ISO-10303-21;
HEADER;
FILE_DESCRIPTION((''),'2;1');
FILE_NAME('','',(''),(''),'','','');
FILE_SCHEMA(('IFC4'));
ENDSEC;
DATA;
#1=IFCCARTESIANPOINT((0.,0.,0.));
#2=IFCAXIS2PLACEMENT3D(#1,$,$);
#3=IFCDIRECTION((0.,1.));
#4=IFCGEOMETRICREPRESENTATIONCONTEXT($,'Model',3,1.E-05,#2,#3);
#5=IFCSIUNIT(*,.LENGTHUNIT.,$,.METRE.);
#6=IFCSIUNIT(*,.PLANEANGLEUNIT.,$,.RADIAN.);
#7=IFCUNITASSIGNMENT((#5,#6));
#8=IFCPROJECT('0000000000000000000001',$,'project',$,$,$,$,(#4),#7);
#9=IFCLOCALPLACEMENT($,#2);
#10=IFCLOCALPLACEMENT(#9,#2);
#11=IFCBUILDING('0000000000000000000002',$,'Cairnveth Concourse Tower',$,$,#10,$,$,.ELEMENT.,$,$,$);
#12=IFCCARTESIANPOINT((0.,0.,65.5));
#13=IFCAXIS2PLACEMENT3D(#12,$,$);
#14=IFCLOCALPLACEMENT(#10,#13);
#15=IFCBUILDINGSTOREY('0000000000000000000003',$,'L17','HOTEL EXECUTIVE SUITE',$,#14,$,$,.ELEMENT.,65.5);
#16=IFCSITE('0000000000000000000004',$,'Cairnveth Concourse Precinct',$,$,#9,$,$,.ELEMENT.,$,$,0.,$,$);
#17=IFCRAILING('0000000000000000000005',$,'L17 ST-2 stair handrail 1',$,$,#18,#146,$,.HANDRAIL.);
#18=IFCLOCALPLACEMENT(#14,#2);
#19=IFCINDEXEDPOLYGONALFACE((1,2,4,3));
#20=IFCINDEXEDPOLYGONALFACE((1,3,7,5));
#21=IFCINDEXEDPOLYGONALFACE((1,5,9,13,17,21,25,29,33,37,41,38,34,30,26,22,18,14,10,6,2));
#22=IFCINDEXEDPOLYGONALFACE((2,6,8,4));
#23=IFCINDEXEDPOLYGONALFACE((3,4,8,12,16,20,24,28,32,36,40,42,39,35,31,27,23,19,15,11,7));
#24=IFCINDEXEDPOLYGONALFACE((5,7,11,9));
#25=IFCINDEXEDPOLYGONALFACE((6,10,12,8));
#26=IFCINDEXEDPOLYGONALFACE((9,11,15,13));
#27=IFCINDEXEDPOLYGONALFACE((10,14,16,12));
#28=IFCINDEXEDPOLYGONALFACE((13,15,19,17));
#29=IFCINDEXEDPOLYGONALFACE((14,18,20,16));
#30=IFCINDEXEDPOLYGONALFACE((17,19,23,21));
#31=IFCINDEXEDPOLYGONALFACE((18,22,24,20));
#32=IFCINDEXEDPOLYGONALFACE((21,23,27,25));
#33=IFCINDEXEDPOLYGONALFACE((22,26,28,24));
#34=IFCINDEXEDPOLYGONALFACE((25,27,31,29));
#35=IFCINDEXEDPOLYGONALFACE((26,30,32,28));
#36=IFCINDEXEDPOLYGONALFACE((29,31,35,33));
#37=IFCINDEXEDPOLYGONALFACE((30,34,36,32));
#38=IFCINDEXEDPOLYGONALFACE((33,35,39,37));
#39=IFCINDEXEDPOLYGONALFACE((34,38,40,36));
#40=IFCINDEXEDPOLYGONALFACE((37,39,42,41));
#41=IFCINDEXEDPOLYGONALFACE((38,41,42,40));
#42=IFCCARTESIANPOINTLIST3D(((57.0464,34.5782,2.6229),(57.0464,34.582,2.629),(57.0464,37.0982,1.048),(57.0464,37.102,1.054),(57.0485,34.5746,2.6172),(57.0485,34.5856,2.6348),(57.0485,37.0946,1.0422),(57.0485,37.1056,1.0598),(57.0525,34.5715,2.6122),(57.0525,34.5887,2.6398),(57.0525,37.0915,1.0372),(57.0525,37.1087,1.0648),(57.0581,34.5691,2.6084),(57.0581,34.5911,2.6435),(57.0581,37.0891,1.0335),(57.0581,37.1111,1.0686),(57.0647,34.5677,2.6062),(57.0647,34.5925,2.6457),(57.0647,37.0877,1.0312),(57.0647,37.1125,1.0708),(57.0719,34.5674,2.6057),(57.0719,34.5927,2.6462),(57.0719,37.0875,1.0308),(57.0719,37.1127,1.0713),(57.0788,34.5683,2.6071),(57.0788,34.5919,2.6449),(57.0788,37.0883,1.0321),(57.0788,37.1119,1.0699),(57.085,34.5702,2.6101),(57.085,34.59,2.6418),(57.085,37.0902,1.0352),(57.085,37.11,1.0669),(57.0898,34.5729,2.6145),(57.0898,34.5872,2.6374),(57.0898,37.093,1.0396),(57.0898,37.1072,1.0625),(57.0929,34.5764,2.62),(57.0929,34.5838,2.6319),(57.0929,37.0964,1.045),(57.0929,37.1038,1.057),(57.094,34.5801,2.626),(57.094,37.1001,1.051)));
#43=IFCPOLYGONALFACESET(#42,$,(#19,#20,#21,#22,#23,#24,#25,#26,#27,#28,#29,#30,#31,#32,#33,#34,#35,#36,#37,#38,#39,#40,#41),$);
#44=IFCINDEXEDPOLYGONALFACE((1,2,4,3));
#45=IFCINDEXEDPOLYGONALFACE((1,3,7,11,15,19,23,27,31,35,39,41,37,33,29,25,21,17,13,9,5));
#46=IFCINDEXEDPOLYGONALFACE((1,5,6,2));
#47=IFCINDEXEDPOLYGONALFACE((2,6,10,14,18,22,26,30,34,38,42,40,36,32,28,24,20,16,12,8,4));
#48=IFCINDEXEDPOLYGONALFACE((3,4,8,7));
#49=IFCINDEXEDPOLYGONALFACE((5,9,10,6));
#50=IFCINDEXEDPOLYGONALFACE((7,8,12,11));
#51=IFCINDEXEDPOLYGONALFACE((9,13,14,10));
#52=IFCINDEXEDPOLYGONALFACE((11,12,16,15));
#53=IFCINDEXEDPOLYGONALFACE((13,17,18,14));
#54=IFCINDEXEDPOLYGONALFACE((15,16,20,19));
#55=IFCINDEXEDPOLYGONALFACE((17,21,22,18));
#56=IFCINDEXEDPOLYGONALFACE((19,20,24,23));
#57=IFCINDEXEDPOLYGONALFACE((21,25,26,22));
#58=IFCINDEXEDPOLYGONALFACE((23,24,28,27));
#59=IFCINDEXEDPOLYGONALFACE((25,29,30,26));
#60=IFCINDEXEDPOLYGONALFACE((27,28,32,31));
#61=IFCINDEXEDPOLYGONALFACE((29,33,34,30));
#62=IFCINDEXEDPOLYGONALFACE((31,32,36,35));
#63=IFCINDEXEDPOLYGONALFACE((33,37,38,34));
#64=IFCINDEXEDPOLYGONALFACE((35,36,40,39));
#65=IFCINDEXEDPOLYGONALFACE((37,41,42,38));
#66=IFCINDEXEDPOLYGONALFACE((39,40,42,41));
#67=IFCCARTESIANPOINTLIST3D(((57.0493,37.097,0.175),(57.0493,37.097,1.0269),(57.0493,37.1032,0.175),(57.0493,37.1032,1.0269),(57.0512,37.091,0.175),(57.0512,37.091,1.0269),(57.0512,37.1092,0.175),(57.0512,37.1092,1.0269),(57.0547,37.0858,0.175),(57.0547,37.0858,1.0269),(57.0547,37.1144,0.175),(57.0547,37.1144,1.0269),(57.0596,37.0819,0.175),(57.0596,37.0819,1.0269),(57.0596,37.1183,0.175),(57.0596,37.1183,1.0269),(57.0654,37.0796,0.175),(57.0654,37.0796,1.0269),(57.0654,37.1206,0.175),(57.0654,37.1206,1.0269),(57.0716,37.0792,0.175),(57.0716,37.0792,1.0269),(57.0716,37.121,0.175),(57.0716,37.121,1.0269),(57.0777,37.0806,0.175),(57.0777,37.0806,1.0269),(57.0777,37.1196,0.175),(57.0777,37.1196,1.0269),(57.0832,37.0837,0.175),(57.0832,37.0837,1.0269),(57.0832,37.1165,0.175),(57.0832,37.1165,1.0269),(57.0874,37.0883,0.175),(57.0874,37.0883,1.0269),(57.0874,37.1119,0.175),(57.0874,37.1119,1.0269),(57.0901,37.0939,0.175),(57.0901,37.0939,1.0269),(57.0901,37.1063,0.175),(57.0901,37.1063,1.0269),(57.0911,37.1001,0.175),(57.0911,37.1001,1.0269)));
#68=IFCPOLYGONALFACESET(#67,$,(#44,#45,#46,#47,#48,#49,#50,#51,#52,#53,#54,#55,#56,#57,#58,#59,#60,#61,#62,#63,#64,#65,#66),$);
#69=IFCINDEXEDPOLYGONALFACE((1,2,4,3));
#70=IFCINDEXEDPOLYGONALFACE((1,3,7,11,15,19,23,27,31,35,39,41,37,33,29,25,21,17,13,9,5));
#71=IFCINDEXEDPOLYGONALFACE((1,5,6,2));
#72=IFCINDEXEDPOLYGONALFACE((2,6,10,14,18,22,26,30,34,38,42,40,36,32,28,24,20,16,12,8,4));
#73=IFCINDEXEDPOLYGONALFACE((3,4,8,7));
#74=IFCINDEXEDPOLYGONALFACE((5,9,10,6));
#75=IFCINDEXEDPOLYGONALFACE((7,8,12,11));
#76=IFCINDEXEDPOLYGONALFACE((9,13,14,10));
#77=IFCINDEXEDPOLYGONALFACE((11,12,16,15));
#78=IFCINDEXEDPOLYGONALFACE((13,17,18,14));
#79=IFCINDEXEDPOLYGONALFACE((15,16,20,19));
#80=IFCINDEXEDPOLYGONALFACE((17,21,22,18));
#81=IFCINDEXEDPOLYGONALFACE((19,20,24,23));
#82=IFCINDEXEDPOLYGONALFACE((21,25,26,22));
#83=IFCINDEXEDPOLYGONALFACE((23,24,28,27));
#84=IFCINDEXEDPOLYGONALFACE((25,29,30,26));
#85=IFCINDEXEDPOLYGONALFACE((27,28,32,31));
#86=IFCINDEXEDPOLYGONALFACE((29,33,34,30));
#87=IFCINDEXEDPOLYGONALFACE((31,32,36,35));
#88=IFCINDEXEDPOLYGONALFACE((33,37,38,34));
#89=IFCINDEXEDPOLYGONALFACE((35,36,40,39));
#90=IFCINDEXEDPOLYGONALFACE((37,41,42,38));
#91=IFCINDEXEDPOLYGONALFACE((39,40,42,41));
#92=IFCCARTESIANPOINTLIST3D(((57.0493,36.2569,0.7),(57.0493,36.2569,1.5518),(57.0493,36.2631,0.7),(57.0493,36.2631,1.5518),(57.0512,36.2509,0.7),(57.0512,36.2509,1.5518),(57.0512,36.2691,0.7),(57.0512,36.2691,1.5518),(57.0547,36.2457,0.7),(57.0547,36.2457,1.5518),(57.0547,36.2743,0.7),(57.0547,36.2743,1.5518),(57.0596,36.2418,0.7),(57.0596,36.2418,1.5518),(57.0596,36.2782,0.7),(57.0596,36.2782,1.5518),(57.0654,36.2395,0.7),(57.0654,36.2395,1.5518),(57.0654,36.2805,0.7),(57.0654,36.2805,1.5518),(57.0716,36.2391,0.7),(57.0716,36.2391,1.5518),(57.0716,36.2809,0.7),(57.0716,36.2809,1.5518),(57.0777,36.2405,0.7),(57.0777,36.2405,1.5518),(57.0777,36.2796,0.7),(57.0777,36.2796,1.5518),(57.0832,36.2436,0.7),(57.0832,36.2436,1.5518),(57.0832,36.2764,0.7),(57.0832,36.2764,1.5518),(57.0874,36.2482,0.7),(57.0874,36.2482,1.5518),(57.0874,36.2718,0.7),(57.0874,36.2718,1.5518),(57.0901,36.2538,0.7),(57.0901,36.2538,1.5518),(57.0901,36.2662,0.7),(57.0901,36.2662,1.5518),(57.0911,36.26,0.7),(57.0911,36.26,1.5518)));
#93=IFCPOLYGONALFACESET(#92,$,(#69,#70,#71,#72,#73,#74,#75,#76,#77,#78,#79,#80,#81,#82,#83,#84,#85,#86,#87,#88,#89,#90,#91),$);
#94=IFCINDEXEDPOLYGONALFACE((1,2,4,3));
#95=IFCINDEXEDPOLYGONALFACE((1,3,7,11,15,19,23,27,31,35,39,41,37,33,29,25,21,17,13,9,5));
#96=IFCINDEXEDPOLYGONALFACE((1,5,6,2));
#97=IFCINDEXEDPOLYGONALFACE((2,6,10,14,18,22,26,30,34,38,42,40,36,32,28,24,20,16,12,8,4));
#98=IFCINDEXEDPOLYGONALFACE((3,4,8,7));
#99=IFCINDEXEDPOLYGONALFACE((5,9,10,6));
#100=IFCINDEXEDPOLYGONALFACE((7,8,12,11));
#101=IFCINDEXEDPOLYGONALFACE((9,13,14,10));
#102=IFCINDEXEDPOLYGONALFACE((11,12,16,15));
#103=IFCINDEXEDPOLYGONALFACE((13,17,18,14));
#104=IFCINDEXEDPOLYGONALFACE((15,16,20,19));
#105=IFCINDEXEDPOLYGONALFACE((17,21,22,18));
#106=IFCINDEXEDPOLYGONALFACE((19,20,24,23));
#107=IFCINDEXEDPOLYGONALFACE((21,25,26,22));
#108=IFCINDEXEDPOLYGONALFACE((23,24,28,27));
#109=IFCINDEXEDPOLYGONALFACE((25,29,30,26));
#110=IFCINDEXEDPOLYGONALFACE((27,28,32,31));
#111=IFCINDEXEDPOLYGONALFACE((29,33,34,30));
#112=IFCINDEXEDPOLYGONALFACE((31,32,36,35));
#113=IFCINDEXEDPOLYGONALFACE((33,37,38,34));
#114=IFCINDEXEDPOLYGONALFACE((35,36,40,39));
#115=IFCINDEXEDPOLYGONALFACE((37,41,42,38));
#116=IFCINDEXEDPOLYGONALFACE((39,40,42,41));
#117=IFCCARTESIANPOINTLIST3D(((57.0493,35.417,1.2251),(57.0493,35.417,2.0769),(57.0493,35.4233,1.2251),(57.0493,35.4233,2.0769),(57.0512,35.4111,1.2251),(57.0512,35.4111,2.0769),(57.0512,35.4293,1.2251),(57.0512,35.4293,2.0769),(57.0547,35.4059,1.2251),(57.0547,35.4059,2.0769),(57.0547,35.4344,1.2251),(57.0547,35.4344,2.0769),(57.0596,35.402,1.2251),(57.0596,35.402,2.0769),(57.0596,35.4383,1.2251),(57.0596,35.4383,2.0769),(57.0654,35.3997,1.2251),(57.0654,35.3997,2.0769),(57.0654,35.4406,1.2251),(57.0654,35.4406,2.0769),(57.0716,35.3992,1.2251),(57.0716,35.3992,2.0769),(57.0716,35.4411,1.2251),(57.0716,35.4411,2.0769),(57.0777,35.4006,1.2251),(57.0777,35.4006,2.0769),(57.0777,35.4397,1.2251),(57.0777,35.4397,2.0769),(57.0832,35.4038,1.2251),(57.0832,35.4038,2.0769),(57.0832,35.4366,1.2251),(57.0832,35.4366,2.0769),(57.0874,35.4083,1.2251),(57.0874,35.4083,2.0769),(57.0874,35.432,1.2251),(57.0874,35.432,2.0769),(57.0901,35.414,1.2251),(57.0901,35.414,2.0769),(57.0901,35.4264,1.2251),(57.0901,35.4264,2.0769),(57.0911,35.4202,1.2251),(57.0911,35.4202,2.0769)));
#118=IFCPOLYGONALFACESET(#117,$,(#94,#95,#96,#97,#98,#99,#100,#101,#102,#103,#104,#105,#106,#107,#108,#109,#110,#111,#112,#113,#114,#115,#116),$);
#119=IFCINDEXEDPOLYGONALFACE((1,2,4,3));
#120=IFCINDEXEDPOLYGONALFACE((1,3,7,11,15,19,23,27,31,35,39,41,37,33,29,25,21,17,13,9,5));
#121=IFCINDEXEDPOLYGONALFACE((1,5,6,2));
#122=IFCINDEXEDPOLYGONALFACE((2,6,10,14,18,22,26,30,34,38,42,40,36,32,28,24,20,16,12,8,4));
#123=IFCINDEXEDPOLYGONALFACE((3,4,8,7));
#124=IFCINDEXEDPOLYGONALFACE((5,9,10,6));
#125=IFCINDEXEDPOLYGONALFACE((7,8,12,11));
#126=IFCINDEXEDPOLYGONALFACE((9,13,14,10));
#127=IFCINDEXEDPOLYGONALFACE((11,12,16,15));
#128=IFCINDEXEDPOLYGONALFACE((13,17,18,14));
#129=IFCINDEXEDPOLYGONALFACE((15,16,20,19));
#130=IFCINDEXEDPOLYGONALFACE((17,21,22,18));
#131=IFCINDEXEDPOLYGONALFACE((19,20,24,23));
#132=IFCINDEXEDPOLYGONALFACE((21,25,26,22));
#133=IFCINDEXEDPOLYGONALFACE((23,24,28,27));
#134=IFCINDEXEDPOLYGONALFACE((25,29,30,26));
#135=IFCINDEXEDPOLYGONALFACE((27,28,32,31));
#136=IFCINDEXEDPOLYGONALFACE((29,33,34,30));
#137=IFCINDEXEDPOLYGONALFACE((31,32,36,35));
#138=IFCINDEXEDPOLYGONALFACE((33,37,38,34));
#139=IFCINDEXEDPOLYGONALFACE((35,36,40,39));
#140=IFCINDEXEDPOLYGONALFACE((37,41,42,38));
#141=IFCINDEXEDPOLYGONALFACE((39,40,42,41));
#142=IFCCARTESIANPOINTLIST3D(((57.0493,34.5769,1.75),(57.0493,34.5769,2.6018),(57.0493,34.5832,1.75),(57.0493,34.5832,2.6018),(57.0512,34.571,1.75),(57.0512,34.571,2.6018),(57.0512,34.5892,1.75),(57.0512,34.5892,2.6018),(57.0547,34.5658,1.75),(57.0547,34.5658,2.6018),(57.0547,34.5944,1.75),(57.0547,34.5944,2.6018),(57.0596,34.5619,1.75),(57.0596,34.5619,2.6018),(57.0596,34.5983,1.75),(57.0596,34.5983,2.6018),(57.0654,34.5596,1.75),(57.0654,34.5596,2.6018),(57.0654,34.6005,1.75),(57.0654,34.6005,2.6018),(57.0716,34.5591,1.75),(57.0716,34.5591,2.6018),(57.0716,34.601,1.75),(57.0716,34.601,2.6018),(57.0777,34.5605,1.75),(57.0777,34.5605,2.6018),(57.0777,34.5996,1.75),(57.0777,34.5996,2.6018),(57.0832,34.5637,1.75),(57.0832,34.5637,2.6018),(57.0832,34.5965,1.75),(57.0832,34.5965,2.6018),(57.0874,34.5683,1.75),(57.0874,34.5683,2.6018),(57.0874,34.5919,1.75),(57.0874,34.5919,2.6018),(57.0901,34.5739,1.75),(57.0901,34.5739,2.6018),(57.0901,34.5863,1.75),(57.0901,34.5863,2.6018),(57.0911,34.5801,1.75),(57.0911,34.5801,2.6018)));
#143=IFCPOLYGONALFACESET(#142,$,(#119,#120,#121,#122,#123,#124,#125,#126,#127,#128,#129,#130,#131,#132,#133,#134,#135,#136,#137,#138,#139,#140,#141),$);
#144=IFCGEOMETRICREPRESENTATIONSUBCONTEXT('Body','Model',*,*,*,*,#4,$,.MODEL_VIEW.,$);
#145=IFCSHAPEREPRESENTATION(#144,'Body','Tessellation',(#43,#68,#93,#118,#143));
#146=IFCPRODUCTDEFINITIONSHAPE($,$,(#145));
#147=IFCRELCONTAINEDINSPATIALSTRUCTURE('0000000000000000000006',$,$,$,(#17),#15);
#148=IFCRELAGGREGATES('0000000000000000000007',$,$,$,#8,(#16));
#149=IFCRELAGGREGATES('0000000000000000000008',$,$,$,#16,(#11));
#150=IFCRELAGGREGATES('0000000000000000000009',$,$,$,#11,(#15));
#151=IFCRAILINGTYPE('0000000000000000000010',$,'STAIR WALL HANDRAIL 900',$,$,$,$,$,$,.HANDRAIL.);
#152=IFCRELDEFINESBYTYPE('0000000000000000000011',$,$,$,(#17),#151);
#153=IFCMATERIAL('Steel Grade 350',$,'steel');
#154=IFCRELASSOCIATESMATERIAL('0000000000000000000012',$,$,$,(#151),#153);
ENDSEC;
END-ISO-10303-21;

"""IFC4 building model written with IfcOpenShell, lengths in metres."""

from ifc_helpers import new_model, si_unit, direction, frame, origin, origin_2d, place, context, subcontext, project, spatial, circle, extrude, material, type_object, element, save


model = new_model("IFC4")

# Units and contexts
model_context = context("Model", 3, precision=1e-05, world=origin(), true_north=direction((0.0, 1.0)))
body_context = subcontext(model_context, "Body", "Model", "MODEL_VIEW")
ifc_project = project(units=[si_unit("LENGTHUNIT", "METRE"), si_unit("PLANEANGLEUNIT", "RADIAN")], contexts=[model_context])

# Site, building, storey
site_placement = place(None, origin())
site = spatial("IfcSite", under=ifc_project, at=site_placement, Name="Cairnveth Concourse Precinct", CompositionType="ELEMENT", RefElevation=0.0)
building_placement = place(site_placement, origin())
building = spatial("IfcBuilding", under=site, at=building_placement, Name="Cairnveth Concourse Tower", CompositionType="ELEMENT")
storey_placement = place(building_placement, frame((0.0, 0.0, 65.5)))
storey = spatial("IfcBuildingStorey", under=building, at=storey_placement, Name="L17", Description="HOTEL EXECUTIVE SUITE", CompositionType="ELEMENT", Elevation=65.5)

# Railing
ifc_material_1 = material(Name="Steel Grade 350", Category="steel")
railing_type_1 = type_object("IfcRailingType", Name="STAIR WALL HANDRAIL 900", PredefinedType="HANDRAIL", material=ifc_material_1)
railing_1_placement = place(storey_placement, frame((57.0701, 37.1001, 0.175)))
element("IfcRailing", 1, at=railing_1_placement, inside=storey, type_object=railing_type_1, Name="L17 ST-2 stair handrail 1", PredefinedType="HANDRAIL", context=body_context, shape_type="SweptSolid", body=[
    extrude(circle(Radius=0.0239, at=origin_2d()), frame((0.0, 0.0, 0.876), z_axis=(0.0, -0.848008, 0.529984), x_axis=(1.0, 0.0, 0.0)), (0.0, 0.0, 1.0), 2.9717),
    extrude(circle(Radius=0.021, at=origin_2d()), origin(), (0.0, 0.0, 1.0), 0.8518),
    extrude(circle(Radius=0.021, at=origin_2d()), frame((0.0, -0.8401, 0.5249)), (0.0, 0.0, 1.0), 0.8518),
    extrude(circle(Radius=0.021, at=origin_2d()), frame((0.0, -1.6799, 1.05)), (0.0, 0.0, 1.0), 0.8518),
    extrude(circle(Radius=0.021, at=origin_2d()), frame((0.0, -2.52, 1.575)), (0.0, 0.0, 1.0), 0.8518),
])

save(model, "model.ifc")
